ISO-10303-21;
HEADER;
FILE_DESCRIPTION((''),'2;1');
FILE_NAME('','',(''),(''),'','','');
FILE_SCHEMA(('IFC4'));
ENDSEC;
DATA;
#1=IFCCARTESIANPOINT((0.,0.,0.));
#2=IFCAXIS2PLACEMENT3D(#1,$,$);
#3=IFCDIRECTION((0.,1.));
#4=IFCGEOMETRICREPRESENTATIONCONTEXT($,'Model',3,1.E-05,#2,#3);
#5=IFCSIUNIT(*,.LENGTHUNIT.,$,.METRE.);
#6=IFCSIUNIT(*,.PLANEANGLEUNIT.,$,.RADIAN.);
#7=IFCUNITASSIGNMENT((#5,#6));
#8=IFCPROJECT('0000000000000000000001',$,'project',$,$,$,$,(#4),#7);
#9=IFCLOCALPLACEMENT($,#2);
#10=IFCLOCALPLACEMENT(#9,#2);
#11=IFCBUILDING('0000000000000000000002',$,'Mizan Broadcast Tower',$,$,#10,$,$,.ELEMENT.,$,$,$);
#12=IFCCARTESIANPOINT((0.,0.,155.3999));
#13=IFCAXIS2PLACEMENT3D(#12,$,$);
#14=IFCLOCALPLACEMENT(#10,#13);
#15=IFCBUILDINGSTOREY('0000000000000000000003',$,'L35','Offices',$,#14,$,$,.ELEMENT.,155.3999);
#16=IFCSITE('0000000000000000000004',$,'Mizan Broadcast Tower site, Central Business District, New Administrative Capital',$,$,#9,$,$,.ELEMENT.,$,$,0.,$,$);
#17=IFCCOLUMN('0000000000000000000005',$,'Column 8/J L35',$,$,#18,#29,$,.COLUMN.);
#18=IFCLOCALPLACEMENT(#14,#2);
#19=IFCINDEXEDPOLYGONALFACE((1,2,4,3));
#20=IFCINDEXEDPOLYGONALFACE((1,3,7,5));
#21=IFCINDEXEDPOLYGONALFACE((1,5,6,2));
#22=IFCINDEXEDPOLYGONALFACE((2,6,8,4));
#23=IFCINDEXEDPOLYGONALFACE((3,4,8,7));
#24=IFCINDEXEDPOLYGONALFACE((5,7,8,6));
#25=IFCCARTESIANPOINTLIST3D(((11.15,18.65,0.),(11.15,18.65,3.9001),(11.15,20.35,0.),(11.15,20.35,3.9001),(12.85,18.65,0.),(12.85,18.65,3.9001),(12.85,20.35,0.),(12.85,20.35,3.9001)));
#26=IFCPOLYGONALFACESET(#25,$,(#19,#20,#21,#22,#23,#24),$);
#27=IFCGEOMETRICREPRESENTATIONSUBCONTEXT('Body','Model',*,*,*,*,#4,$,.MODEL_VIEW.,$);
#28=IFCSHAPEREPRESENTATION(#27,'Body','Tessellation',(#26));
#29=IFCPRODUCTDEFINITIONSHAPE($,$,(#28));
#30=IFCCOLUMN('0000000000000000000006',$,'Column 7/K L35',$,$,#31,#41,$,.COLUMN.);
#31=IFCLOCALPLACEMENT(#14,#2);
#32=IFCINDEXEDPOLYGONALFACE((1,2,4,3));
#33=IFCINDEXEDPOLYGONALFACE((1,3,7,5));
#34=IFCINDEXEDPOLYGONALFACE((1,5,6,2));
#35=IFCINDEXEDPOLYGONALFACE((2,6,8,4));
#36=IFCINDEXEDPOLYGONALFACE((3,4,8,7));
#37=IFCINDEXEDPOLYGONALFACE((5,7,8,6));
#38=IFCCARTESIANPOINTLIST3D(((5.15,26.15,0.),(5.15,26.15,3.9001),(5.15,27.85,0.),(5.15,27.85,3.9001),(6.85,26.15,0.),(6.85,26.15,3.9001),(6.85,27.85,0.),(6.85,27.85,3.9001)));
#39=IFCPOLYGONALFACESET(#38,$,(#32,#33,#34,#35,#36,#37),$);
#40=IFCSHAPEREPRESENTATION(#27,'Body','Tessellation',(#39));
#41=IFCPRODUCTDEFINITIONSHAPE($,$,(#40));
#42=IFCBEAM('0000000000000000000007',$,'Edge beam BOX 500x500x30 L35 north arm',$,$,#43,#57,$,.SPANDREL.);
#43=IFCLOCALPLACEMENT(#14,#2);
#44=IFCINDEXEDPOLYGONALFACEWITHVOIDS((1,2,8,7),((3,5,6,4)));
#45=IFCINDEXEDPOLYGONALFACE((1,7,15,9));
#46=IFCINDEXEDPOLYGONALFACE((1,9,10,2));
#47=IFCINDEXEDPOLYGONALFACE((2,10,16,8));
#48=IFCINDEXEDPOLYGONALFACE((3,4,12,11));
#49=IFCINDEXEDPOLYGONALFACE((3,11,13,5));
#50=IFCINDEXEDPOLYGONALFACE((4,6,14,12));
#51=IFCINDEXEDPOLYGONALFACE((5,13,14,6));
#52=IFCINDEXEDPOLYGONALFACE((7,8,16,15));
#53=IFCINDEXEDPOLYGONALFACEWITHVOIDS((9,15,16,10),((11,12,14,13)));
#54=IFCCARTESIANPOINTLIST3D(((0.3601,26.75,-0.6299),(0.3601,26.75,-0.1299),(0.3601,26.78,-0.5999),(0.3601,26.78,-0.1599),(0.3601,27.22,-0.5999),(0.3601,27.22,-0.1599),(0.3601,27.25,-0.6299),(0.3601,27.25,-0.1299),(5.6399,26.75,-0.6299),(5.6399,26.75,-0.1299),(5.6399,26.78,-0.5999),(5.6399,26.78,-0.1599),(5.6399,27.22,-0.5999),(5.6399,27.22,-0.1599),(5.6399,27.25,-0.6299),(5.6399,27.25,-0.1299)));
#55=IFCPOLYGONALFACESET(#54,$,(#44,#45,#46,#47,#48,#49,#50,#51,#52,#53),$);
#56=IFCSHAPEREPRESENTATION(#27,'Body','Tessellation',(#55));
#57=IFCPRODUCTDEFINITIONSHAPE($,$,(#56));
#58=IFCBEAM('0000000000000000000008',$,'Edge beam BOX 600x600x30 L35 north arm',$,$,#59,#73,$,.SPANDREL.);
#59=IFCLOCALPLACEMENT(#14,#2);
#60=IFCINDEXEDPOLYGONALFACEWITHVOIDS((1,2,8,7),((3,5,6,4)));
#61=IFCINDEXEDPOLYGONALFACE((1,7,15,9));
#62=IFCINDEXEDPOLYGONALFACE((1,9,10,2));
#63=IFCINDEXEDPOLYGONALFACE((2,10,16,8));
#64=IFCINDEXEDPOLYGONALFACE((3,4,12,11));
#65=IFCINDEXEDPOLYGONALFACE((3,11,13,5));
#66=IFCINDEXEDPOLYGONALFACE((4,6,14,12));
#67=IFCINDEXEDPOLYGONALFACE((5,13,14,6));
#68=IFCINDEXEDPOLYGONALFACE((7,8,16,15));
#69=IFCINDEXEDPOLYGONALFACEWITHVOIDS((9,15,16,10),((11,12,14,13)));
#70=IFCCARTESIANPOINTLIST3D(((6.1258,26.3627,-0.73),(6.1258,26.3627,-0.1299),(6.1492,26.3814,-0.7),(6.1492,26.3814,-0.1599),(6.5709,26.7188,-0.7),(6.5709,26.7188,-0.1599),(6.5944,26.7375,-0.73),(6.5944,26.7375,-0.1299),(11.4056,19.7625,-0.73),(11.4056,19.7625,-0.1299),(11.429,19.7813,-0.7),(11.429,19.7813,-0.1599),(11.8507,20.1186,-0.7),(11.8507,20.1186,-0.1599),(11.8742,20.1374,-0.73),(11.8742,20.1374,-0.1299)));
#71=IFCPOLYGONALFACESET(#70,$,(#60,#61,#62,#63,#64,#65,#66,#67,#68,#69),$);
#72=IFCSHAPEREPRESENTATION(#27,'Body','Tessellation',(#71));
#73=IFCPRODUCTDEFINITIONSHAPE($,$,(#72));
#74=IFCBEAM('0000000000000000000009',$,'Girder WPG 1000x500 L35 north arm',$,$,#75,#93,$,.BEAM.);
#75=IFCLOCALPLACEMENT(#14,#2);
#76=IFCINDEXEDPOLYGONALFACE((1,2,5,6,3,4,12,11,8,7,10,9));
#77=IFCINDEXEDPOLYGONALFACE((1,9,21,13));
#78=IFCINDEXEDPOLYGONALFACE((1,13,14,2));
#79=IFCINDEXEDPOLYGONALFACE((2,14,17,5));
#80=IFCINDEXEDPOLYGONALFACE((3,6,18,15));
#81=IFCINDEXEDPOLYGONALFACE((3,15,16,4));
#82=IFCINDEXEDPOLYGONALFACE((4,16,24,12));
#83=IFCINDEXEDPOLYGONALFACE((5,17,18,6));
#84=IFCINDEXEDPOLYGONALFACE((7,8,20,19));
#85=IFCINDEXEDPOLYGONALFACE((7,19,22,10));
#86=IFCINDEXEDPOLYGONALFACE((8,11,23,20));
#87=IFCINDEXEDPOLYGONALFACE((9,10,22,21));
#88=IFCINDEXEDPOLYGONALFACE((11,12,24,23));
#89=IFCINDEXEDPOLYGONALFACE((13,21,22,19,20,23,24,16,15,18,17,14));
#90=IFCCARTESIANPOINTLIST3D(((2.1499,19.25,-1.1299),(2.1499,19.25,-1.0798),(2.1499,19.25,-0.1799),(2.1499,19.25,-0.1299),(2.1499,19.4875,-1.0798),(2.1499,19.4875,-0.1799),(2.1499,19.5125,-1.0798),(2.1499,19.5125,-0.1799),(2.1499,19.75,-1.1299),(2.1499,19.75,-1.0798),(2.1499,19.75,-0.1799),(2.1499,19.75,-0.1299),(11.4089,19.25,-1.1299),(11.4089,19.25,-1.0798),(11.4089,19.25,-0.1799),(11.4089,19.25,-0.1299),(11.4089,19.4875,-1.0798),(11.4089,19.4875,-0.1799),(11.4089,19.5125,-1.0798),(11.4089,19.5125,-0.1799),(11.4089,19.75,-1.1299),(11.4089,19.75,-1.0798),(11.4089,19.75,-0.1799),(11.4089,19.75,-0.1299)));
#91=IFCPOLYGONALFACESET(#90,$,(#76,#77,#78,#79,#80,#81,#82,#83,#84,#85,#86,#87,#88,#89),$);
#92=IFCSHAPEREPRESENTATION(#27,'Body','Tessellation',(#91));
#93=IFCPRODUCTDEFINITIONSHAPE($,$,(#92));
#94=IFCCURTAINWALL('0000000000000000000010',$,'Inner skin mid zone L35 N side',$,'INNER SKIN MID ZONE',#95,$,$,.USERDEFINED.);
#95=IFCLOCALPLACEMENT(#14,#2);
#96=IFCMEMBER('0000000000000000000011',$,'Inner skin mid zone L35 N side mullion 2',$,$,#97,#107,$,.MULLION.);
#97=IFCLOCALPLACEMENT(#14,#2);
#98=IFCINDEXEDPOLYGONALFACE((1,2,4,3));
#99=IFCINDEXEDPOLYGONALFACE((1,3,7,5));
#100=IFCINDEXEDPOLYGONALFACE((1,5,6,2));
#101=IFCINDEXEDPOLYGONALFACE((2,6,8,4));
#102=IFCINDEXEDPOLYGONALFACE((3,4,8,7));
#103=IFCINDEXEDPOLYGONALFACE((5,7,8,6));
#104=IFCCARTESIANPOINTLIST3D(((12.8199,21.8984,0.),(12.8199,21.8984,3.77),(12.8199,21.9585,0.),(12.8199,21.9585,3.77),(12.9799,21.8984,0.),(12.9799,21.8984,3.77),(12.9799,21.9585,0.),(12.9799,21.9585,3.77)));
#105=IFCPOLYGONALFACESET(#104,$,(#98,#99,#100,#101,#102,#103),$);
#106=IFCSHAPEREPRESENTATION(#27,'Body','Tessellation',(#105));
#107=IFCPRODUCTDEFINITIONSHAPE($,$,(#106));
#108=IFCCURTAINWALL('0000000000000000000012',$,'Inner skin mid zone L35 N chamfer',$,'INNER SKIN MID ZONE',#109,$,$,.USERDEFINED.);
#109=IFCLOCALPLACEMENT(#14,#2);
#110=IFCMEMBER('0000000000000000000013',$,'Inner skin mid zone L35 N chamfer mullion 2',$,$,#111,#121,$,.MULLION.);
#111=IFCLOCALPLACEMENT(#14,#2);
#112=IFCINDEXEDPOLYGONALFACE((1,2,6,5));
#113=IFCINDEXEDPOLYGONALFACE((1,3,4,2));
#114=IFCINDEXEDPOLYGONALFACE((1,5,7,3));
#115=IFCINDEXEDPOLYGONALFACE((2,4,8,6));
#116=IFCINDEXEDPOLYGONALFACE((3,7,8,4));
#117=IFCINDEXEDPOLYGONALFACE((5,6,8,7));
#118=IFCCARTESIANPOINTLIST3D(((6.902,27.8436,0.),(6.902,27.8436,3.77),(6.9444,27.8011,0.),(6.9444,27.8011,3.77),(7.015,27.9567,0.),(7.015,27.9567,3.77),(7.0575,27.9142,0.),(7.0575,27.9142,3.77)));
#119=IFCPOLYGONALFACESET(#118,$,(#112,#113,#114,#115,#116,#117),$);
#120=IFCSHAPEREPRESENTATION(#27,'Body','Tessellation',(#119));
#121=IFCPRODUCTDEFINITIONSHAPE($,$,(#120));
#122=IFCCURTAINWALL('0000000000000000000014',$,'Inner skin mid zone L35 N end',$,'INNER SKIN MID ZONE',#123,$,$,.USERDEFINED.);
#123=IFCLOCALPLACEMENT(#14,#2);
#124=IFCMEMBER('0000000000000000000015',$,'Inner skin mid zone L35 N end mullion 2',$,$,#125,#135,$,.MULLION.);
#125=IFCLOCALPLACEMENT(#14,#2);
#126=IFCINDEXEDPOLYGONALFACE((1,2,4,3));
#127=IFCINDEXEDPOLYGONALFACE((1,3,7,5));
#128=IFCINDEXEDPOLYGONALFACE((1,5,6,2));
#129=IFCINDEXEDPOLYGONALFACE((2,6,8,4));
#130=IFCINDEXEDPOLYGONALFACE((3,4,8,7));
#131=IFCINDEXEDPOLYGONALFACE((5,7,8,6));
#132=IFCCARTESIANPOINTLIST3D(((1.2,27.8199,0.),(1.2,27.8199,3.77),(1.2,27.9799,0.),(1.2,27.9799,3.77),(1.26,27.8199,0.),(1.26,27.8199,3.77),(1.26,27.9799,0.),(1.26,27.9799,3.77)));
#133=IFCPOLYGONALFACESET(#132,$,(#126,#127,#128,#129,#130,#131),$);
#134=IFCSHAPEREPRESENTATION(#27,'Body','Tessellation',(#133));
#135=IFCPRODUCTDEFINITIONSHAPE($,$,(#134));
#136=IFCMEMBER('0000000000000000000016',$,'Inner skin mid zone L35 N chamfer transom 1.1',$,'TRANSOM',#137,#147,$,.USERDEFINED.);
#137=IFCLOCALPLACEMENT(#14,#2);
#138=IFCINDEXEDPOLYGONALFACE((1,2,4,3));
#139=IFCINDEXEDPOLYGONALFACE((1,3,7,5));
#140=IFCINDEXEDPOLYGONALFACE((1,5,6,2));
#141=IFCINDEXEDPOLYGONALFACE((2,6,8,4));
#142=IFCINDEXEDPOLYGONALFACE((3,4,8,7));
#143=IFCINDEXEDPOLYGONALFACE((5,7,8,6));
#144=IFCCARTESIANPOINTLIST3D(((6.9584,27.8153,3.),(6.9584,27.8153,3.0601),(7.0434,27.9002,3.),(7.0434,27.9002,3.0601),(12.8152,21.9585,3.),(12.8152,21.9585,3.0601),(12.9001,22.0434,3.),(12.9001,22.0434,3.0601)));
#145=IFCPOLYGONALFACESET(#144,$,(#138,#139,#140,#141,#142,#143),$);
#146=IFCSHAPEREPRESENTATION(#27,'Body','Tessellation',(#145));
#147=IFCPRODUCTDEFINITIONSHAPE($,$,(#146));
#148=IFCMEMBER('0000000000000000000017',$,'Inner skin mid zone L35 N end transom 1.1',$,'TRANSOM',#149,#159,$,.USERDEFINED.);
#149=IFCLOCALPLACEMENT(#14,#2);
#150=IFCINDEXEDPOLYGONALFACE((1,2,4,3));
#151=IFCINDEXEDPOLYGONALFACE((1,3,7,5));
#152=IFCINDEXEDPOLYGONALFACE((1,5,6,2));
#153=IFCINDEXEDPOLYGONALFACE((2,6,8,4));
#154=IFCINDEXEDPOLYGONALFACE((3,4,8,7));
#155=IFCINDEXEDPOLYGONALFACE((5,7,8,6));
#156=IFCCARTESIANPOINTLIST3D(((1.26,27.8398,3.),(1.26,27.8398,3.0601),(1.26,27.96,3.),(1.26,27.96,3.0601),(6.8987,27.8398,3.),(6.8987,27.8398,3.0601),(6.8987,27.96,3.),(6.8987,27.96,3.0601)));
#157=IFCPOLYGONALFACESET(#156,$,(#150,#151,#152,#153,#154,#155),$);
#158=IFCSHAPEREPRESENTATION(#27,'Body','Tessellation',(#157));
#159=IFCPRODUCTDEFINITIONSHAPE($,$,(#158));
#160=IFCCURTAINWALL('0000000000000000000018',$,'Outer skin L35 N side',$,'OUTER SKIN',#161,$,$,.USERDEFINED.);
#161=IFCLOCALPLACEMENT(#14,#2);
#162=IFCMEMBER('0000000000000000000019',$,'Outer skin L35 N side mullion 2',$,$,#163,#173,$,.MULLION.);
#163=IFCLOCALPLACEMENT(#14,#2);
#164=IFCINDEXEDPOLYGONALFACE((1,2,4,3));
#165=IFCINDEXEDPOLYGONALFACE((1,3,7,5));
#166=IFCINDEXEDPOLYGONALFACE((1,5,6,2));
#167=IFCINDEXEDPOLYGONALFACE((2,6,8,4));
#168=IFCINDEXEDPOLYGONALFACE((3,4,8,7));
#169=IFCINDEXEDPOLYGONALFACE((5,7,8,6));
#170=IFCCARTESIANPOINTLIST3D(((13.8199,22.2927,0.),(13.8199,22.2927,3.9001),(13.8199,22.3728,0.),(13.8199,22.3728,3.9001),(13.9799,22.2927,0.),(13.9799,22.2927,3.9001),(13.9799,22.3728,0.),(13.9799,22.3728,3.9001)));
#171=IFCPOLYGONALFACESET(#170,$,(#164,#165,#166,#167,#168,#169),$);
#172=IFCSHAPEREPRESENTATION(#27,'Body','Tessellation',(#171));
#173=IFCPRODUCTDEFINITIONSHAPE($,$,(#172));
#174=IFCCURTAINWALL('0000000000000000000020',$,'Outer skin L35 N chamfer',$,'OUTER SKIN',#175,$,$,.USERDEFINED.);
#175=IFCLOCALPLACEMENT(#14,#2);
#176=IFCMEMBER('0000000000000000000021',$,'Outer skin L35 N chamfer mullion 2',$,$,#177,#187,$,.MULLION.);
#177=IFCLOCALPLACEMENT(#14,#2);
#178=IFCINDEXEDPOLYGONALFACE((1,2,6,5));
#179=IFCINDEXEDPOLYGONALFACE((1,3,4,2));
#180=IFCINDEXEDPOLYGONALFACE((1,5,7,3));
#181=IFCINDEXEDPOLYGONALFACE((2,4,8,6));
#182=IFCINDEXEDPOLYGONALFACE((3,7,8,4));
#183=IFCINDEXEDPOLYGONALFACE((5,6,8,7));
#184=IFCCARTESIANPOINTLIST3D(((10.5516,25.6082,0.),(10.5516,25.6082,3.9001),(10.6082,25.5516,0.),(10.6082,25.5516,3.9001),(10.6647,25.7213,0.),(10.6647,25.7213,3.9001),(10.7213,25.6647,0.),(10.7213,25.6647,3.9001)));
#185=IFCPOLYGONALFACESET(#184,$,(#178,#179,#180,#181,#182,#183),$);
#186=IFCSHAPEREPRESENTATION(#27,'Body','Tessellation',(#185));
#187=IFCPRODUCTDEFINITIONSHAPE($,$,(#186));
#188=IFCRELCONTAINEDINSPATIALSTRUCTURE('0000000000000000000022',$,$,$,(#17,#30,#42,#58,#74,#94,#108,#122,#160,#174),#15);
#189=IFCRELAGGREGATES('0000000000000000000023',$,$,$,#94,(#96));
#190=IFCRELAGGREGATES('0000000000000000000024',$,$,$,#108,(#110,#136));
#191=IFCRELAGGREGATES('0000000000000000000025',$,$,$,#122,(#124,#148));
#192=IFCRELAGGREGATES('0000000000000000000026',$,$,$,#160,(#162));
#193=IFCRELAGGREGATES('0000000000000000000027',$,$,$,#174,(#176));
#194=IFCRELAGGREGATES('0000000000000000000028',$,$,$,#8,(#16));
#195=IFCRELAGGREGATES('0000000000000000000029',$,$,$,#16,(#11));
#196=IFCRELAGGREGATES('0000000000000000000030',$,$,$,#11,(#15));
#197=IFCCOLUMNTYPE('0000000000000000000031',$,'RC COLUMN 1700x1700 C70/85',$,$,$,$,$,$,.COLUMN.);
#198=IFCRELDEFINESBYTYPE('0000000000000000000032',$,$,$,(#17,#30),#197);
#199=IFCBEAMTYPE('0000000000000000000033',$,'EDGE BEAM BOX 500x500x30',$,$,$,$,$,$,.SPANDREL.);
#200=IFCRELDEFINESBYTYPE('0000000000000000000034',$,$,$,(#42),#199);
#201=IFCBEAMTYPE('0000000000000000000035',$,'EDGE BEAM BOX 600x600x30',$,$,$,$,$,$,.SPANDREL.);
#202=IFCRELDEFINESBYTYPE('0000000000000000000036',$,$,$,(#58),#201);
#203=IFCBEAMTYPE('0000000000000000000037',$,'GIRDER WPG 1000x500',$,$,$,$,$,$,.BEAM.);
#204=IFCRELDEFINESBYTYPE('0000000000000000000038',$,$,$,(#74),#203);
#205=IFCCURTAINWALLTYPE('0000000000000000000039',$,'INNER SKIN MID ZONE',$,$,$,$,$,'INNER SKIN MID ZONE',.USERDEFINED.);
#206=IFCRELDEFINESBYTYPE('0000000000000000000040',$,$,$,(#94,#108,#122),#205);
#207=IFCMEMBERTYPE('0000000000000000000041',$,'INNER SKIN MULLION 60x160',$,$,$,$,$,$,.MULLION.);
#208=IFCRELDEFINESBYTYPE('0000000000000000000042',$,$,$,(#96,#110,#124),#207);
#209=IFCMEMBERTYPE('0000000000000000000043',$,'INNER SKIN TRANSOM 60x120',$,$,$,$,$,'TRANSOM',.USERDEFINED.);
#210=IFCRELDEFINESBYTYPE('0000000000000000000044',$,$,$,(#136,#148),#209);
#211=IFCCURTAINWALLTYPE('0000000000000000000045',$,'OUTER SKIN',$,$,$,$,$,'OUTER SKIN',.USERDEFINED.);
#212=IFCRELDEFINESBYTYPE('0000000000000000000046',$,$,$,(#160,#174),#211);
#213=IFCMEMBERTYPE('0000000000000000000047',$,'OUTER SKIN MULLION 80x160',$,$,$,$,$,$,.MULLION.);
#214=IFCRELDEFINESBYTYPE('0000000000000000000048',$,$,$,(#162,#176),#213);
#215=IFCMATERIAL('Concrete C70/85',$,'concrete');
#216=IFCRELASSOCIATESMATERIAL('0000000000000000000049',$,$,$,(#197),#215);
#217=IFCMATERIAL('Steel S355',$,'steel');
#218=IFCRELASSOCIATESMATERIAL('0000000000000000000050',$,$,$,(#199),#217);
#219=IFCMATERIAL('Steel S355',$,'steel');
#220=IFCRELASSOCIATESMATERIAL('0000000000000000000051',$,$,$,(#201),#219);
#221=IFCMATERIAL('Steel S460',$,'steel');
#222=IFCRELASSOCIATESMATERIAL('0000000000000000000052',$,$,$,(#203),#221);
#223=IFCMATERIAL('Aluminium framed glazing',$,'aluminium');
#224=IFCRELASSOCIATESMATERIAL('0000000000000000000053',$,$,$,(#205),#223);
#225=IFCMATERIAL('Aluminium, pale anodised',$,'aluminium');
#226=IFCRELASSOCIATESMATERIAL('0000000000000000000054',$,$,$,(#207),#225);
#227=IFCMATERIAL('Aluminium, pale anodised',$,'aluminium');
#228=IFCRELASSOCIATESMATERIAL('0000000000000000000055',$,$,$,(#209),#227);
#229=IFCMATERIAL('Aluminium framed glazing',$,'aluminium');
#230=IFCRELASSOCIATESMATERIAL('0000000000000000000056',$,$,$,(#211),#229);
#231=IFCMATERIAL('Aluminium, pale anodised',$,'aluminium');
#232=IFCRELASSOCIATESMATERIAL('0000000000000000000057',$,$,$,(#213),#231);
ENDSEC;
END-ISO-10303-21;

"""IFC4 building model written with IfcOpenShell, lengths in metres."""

from ifc_helpers import new_model, si_unit, direction, frame, origin, origin_2d, place, context, subcontext, project, spatial, rectangle, hollow_rectangle, i_section, extrude, material, material_profile, profile_set, type_object, element, aggregate, save


model = new_model("IFC4")

# Units and contexts
model_context = context("Model", 3, precision=1e-05, world=origin(), true_north=direction((0.0, 1.0)))
body_context = subcontext(model_context, "Body", "Model", "MODEL_VIEW")
ifc_project = project(units=[si_unit("LENGTHUNIT", "METRE"), si_unit("PLANEANGLEUNIT", "RADIAN")], contexts=[model_context])

# Site, building, storey
site_placement = place(None, origin())
site = spatial("IfcSite", under=ifc_project, at=site_placement, Name="Mizan Broadcast Tower site, Central Business District, New Administrative Capital", CompositionType="ELEMENT", RefElevation=0.0)
building_placement = place(site_placement, origin())
building = spatial("IfcBuilding", under=site, at=building_placement, Name="Mizan Broadcast Tower", CompositionType="ELEMENT")
storey_placement = place(building_placement, frame((0.0, 0.0, 155.3999)))
storey = spatial("IfcBuildingStorey", under=building, at=storey_placement, Name="L35", Description="Offices", CompositionType="ELEMENT", Elevation=155.3999)

# Columns
ifc_material_1 = material(Name="Concrete C70/85", Category="concrete")
ifc_material_profile_1 = material_profile(ifc_material_1, rectangle(XDim=1.7, YDim=1.7, at=origin_2d()), Name="RC 1700x1700")
ifc_profile_set_1 = profile_set([ifc_material_profile_1], Name="Concrete C70/85")
column_type = type_object("IfcColumnType", Name="RC COLUMN 1700x1700 C70/85", PredefinedType="COLUMN", material=ifc_profile_set_1)
for number, where, z_axis, x_axis, name in (
    (1, (12.0, 19.5, 0.0), (0.0, 0.0, 1.0), (1.0, 0.0, 0.0), "Column 8/J L35"),
    (2, (6.0, 27.0, 0.0), (0.0, 0.0, 1.0), (1.0, 0.0, 0.0), "Column 7/K L35"),
):
    element("IfcColumn", number, at=place(storey_placement, frame(where, z_axis=z_axis, x_axis=x_axis)), inside=storey, type_object=column_type, Name=name, PredefinedType="COLUMN", context=body_context, shape_type="SweptSolid", body=[
        extrude(rectangle(XDim=1.7, YDim=1.7, at=origin_2d()), origin(), (0.0, 0.0, 1.0), 3.9001),
    ])

# Beams
ifc_material_2 = material(Name="Steel S355", Category="steel")
ifc_material_profile_2 = material_profile(ifc_material_2, hollow_rectangle(XDim=0.5, YDim=0.5, WallThickness=0.03, at=origin_2d()), Name="BOX 500x500x30")
ifc_profile_set_2 = profile_set([ifc_material_profile_2], Name="Steel S355")
beam_type_1 = type_object("IfcBeamType", Name="EDGE BEAM BOX 500x500x30", PredefinedType="SPANDREL", material=ifc_profile_set_2)
beam_1_placement = place(storey_placement, frame((5.6399, 27.0, -0.3799), z_axis=(-1.0, 0.0, 0.0), x_axis=(0.0, -1.0, 0.0)))
element("IfcBeam", 3, at=beam_1_placement, inside=storey, type_object=beam_type_1, Name="Edge beam BOX 500x500x30 L35 north arm", PredefinedType="SPANDREL", context=body_context, shape_type="SweptSolid", body=[
    extrude(hollow_rectangle(XDim=0.5, YDim=0.5, WallThickness=0.03, at=origin_2d()), origin(), (0.0, 0.0, 1.0), 5.2798),
])
ifc_material_3 = material(Name="Steel S355", Category="steel")
ifc_material_profile_3 = material_profile(ifc_material_3, hollow_rectangle(XDim=0.6001, YDim=0.6001, WallThickness=0.03, at=origin_2d()), Name="BOX 600x600x30")
ifc_profile_set_3 = profile_set([ifc_material_profile_3], Name="Steel S355")
beam_type_2 = type_object("IfcBeamType", Name="EDGE BEAM BOX 600x600x30", PredefinedType="SPANDREL", material=ifc_profile_set_3)
beam_2_placement = place(storey_placement, frame((11.6399, 19.95, -0.4299), z_axis=(-0.624674, 0.780886, 0.0), x_axis=(-0.780886, -0.624674, 0.0)))
element("IfcBeam", 4, at=beam_2_placement, inside=storey, type_object=beam_type_2, Name="Edge beam BOX 600x600x30 L35 north arm", PredefinedType="SPANDREL", context=body_context, shape_type="SweptSolid", body=[
    extrude(hollow_rectangle(XDim=0.6001, YDim=0.6001, WallThickness=0.03, at=origin_2d()), origin(), (0.0, 0.0, 1.0), 8.4521),
])
ifc_material_4 = material(Name="Steel S460", Category="steel")
ifc_material_profile_4 = material_profile(ifc_material_4, i_section(OverallWidth=0.5, OverallDepth=1.0, WebThickness=0.0249, FlangeThickness=0.05, at=origin_2d()), Name="WPG 1000x500")
ifc_profile_set_4 = profile_set([ifc_material_profile_4], Name="Steel S460")
beam_type_3 = type_object("IfcBeamType", Name="GIRDER WPG 1000x500", PredefinedType="BEAM", material=ifc_profile_set_4)
beam_3_placement = place(storey_placement, frame((11.4089, 19.5, -0.6299), z_axis=(-1.0, 0.0, 0.0), x_axis=(0.0, -1.0, 0.0)))
element("IfcBeam", 5, at=beam_3_placement, inside=storey, type_object=beam_type_3, Name="Girder WPG 1000x500 L35 north arm", PredefinedType="BEAM", context=body_context, shape_type="SweptSolid", body=[
    extrude(i_section(OverallWidth=0.5, OverallDepth=1.0, WebThickness=0.0249, FlangeThickness=0.05, at=origin_2d()), origin(), (0.0, 0.0, 1.0), 9.259),
])

# Curtain walls, members
ifc_material_5 = material(Name="Aluminium framed glazing", Category="aluminium")
curtain_wall_type_1 = type_object("IfcCurtainWallType", Name="INNER SKIN MID ZONE", ElementType="INNER SKIN MID ZONE", PredefinedType="USERDEFINED", material=ifc_material_5)
curtain_wall_1_placement = place(storey_placement, origin())
curtain_wall_1 = element("IfcCurtainWall", 6, at=curtain_wall_1_placement, inside=storey, type_object=curtain_wall_type_1, Name="Inner skin mid zone L35 N side", ObjectType="INNER SKIN MID ZONE", PredefinedType="USERDEFINED")
ifc_material_6 = material(Name="Aluminium, pale anodised", Category="aluminium")
ifc_material_profile_5 = material_profile(ifc_material_6, rectangle(XDim=0.1599, YDim=0.0601, at=origin_2d()), Name="MULLION 160x60")
ifc_profile_set_5 = profile_set([ifc_material_profile_5], Name="Aluminium, pale anodised")
member_type_1 = type_object("IfcMemberType", Name="INNER SKIN MULLION 60x160", PredefinedType="MULLION", material=ifc_profile_set_5)
member_1_placement = place(storey_placement, frame((12.8999, 21.9285, 0.0), z_axis=(0.0, 0.0, 1.0), x_axis=(-1.0, 0.0, 0.0)))
member_1 = element("IfcMember", 7, at=member_1_placement, type_object=member_type_1, Name="Inner skin mid zone L35 N side mullion 2", PredefinedType="MULLION", context=body_context, shape_type="SweptSolid", body=[
    extrude(rectangle(XDim=0.1599, YDim=0.0601, at=origin_2d()), origin(), (0.0, 0.0, 1.0), 3.77),
])
curtain_wall_2_placement = place(storey_placement, origin())
curtain_wall_2 = element("IfcCurtainWall", 8, at=curtain_wall_2_placement, inside=storey, type_object=curtain_wall_type_1, Name="Inner skin mid zone L35 N chamfer", ObjectType="INNER SKIN MID ZONE", PredefinedType="USERDEFINED")
member_2_placement = place(storey_placement, frame((6.9797, 27.8789, 0.0), z_axis=(0.0, 0.0, 1.0), x_axis=(-0.707107, -0.707107, 0.0)))
member_2 = element("IfcMember", 9, at=member_2_placement, type_object=member_type_1, Name="Inner skin mid zone L35 N chamfer mullion 2", PredefinedType="MULLION", context=body_context, shape_type="SweptSolid", body=[
    extrude(rectangle(XDim=0.1599, YDim=0.0601, at=origin_2d()), origin(), (0.0, 0.0, 1.0), 3.77),
])
curtain_wall_3_placement = place(storey_placement, origin())
curtain_wall_3 = element("IfcCurtainWall", 10, at=curtain_wall_3_placement, inside=storey, type_object=curtain_wall_type_1, Name="Inner skin mid zone L35 N end", ObjectType="INNER SKIN MID ZONE", PredefinedType="USERDEFINED")
member_3_placement = place(storey_placement, frame((1.23, 27.8999, 0.0), z_axis=(0.0, 0.0, 1.0), x_axis=(0.0, -1.0, 0.0)))
member_3 = element("IfcMember", 11, at=member_3_placement, type_object=member_type_1, Name="Inner skin mid zone L35 N end mullion 2", PredefinedType="MULLION", context=body_context, shape_type="SweptSolid", body=[
    extrude(rectangle(XDim=0.1599, YDim=0.0601, at=origin_2d()), origin(), (0.0, 0.0, 1.0), 3.77),
])

# Members
ifc_material_7 = material(Name="Aluminium, pale anodised", Category="aluminium")
ifc_material_profile_6 = material_profile(ifc_material_7, rectangle(XDim=0.1201, YDim=0.0601, at=origin_2d()), Name="TRANSOM 120x60")
ifc_profile_set_6 = profile_set([ifc_material_profile_6], Name="Aluminium, pale anodised")
member_type_2 = type_object("IfcMemberType", Name="INNER SKIN TRANSOM 60x120", ElementType="TRANSOM", PredefinedType="USERDEFINED", material=ifc_profile_set_6)
member_4_placement = place(storey_placement, frame((12.8577, 22.001, 3.03), z_axis=(-0.707107, 0.707107, 0.0), x_axis=(-0.707107, -0.707107, 0.0)))
member_4 = element("IfcMember", 12, at=member_4_placement, type_object=member_type_2, Name="Inner skin mid zone L35 N chamfer transom 1.1", ObjectType="TRANSOM", PredefinedType="USERDEFINED", context=body_context, shape_type="SweptSolid", body=[
    extrude(rectangle(XDim=0.1201, YDim=0.0601, at=origin_2d()), origin(), (0.0, 0.0, 1.0), 8.2827),
])
member_5_placement = place(storey_placement, frame((6.8987, 27.8999, 3.03), z_axis=(-1.0, 0.0, 0.0), x_axis=(0.0, -1.0, 0.0)))
member_5 = element("IfcMember", 13, at=member_5_placement, type_object=member_type_2, Name="Inner skin mid zone L35 N end transom 1.1", ObjectType="TRANSOM", PredefinedType="USERDEFINED", context=body_context, shape_type="SweptSolid", body=[
    extrude(rectangle(XDim=0.1201, YDim=0.0601, at=origin_2d()), origin(), (0.0, 0.0, 1.0), 5.6387),
])

# Curtain wall, member
ifc_material_8 = material(Name="Aluminium framed glazing", Category="aluminium")
curtain_wall_type_2 = type_object("IfcCurtainWallType", Name="OUTER SKIN", ElementType="OUTER SKIN", PredefinedType="USERDEFINED", material=ifc_material_8)
curtain_wall_4_placement = place(storey_placement, origin())
curtain_wall_4 = element("IfcCurtainWall", 14, at=curtain_wall_4_placement, inside=storey, type_object=curtain_wall_type_2, Name="Outer skin L35 N side", ObjectType="OUTER SKIN", PredefinedType="USERDEFINED")
ifc_material_9 = material(Name="Aluminium, pale anodised", Category="aluminium")
ifc_material_profile_7 = material_profile(ifc_material_9, rectangle(XDim=0.1599, YDim=0.0801, at=origin_2d()), Name="MULLION 160x80")
ifc_profile_set_7 = profile_set([ifc_material_profile_7], Name="Aluminium, pale anodised")
member_type_3 = type_object("IfcMemberType", Name="OUTER SKIN MULLION 80x160", PredefinedType="MULLION", material=ifc_profile_set_7)
member_6_placement = place(storey_placement, frame((13.8999, 22.3328, 0.0), z_axis=(0.0, 0.0, 1.0), x_axis=(-1.0, 0.0, 0.0)))
member_6 = element("IfcMember", 15, at=member_6_placement, type_object=member_type_3, Name="Outer skin L35 N side mullion 2", PredefinedType="MULLION", context=body_context, shape_type="SweptSolid", body=[
    extrude(rectangle(XDim=0.1599, YDim=0.0801, at=origin_2d()), origin(), (0.0, 0.0, 1.0), 3.9001),
])

# Curtain wall, member
curtain_wall_5_placement = place(storey_placement, origin())
curtain_wall_5 = element("IfcCurtainWall", 16, at=curtain_wall_5_placement, inside=storey, type_object=curtain_wall_type_2, Name="Outer skin L35 N chamfer", ObjectType="OUTER SKIN", PredefinedType="USERDEFINED")
member_7_placement = place(storey_placement, frame((10.6365, 25.6365, 0.0), z_axis=(0.0, 0.0, 1.0), x_axis=(-0.707107, -0.707107, 0.0)))
member_7 = element("IfcMember", 17, at=member_7_placement, type_object=member_type_3, Name="Outer skin L35 N chamfer mullion 2", PredefinedType="MULLION", context=body_context, shape_type="SweptSolid", body=[
    extrude(rectangle(XDim=0.1599, YDim=0.0801, at=origin_2d()), origin(), (0.0, 0.0, 1.0), 3.9001),
])

aggregate(curtain_wall_1, [member_1])
aggregate(curtain_wall_2, [member_2, member_4])
aggregate(curtain_wall_3, [member_3, member_5])
aggregate(curtain_wall_4, [member_6])
aggregate(curtain_wall_5, [member_7])

save(model, "model.ifc")
